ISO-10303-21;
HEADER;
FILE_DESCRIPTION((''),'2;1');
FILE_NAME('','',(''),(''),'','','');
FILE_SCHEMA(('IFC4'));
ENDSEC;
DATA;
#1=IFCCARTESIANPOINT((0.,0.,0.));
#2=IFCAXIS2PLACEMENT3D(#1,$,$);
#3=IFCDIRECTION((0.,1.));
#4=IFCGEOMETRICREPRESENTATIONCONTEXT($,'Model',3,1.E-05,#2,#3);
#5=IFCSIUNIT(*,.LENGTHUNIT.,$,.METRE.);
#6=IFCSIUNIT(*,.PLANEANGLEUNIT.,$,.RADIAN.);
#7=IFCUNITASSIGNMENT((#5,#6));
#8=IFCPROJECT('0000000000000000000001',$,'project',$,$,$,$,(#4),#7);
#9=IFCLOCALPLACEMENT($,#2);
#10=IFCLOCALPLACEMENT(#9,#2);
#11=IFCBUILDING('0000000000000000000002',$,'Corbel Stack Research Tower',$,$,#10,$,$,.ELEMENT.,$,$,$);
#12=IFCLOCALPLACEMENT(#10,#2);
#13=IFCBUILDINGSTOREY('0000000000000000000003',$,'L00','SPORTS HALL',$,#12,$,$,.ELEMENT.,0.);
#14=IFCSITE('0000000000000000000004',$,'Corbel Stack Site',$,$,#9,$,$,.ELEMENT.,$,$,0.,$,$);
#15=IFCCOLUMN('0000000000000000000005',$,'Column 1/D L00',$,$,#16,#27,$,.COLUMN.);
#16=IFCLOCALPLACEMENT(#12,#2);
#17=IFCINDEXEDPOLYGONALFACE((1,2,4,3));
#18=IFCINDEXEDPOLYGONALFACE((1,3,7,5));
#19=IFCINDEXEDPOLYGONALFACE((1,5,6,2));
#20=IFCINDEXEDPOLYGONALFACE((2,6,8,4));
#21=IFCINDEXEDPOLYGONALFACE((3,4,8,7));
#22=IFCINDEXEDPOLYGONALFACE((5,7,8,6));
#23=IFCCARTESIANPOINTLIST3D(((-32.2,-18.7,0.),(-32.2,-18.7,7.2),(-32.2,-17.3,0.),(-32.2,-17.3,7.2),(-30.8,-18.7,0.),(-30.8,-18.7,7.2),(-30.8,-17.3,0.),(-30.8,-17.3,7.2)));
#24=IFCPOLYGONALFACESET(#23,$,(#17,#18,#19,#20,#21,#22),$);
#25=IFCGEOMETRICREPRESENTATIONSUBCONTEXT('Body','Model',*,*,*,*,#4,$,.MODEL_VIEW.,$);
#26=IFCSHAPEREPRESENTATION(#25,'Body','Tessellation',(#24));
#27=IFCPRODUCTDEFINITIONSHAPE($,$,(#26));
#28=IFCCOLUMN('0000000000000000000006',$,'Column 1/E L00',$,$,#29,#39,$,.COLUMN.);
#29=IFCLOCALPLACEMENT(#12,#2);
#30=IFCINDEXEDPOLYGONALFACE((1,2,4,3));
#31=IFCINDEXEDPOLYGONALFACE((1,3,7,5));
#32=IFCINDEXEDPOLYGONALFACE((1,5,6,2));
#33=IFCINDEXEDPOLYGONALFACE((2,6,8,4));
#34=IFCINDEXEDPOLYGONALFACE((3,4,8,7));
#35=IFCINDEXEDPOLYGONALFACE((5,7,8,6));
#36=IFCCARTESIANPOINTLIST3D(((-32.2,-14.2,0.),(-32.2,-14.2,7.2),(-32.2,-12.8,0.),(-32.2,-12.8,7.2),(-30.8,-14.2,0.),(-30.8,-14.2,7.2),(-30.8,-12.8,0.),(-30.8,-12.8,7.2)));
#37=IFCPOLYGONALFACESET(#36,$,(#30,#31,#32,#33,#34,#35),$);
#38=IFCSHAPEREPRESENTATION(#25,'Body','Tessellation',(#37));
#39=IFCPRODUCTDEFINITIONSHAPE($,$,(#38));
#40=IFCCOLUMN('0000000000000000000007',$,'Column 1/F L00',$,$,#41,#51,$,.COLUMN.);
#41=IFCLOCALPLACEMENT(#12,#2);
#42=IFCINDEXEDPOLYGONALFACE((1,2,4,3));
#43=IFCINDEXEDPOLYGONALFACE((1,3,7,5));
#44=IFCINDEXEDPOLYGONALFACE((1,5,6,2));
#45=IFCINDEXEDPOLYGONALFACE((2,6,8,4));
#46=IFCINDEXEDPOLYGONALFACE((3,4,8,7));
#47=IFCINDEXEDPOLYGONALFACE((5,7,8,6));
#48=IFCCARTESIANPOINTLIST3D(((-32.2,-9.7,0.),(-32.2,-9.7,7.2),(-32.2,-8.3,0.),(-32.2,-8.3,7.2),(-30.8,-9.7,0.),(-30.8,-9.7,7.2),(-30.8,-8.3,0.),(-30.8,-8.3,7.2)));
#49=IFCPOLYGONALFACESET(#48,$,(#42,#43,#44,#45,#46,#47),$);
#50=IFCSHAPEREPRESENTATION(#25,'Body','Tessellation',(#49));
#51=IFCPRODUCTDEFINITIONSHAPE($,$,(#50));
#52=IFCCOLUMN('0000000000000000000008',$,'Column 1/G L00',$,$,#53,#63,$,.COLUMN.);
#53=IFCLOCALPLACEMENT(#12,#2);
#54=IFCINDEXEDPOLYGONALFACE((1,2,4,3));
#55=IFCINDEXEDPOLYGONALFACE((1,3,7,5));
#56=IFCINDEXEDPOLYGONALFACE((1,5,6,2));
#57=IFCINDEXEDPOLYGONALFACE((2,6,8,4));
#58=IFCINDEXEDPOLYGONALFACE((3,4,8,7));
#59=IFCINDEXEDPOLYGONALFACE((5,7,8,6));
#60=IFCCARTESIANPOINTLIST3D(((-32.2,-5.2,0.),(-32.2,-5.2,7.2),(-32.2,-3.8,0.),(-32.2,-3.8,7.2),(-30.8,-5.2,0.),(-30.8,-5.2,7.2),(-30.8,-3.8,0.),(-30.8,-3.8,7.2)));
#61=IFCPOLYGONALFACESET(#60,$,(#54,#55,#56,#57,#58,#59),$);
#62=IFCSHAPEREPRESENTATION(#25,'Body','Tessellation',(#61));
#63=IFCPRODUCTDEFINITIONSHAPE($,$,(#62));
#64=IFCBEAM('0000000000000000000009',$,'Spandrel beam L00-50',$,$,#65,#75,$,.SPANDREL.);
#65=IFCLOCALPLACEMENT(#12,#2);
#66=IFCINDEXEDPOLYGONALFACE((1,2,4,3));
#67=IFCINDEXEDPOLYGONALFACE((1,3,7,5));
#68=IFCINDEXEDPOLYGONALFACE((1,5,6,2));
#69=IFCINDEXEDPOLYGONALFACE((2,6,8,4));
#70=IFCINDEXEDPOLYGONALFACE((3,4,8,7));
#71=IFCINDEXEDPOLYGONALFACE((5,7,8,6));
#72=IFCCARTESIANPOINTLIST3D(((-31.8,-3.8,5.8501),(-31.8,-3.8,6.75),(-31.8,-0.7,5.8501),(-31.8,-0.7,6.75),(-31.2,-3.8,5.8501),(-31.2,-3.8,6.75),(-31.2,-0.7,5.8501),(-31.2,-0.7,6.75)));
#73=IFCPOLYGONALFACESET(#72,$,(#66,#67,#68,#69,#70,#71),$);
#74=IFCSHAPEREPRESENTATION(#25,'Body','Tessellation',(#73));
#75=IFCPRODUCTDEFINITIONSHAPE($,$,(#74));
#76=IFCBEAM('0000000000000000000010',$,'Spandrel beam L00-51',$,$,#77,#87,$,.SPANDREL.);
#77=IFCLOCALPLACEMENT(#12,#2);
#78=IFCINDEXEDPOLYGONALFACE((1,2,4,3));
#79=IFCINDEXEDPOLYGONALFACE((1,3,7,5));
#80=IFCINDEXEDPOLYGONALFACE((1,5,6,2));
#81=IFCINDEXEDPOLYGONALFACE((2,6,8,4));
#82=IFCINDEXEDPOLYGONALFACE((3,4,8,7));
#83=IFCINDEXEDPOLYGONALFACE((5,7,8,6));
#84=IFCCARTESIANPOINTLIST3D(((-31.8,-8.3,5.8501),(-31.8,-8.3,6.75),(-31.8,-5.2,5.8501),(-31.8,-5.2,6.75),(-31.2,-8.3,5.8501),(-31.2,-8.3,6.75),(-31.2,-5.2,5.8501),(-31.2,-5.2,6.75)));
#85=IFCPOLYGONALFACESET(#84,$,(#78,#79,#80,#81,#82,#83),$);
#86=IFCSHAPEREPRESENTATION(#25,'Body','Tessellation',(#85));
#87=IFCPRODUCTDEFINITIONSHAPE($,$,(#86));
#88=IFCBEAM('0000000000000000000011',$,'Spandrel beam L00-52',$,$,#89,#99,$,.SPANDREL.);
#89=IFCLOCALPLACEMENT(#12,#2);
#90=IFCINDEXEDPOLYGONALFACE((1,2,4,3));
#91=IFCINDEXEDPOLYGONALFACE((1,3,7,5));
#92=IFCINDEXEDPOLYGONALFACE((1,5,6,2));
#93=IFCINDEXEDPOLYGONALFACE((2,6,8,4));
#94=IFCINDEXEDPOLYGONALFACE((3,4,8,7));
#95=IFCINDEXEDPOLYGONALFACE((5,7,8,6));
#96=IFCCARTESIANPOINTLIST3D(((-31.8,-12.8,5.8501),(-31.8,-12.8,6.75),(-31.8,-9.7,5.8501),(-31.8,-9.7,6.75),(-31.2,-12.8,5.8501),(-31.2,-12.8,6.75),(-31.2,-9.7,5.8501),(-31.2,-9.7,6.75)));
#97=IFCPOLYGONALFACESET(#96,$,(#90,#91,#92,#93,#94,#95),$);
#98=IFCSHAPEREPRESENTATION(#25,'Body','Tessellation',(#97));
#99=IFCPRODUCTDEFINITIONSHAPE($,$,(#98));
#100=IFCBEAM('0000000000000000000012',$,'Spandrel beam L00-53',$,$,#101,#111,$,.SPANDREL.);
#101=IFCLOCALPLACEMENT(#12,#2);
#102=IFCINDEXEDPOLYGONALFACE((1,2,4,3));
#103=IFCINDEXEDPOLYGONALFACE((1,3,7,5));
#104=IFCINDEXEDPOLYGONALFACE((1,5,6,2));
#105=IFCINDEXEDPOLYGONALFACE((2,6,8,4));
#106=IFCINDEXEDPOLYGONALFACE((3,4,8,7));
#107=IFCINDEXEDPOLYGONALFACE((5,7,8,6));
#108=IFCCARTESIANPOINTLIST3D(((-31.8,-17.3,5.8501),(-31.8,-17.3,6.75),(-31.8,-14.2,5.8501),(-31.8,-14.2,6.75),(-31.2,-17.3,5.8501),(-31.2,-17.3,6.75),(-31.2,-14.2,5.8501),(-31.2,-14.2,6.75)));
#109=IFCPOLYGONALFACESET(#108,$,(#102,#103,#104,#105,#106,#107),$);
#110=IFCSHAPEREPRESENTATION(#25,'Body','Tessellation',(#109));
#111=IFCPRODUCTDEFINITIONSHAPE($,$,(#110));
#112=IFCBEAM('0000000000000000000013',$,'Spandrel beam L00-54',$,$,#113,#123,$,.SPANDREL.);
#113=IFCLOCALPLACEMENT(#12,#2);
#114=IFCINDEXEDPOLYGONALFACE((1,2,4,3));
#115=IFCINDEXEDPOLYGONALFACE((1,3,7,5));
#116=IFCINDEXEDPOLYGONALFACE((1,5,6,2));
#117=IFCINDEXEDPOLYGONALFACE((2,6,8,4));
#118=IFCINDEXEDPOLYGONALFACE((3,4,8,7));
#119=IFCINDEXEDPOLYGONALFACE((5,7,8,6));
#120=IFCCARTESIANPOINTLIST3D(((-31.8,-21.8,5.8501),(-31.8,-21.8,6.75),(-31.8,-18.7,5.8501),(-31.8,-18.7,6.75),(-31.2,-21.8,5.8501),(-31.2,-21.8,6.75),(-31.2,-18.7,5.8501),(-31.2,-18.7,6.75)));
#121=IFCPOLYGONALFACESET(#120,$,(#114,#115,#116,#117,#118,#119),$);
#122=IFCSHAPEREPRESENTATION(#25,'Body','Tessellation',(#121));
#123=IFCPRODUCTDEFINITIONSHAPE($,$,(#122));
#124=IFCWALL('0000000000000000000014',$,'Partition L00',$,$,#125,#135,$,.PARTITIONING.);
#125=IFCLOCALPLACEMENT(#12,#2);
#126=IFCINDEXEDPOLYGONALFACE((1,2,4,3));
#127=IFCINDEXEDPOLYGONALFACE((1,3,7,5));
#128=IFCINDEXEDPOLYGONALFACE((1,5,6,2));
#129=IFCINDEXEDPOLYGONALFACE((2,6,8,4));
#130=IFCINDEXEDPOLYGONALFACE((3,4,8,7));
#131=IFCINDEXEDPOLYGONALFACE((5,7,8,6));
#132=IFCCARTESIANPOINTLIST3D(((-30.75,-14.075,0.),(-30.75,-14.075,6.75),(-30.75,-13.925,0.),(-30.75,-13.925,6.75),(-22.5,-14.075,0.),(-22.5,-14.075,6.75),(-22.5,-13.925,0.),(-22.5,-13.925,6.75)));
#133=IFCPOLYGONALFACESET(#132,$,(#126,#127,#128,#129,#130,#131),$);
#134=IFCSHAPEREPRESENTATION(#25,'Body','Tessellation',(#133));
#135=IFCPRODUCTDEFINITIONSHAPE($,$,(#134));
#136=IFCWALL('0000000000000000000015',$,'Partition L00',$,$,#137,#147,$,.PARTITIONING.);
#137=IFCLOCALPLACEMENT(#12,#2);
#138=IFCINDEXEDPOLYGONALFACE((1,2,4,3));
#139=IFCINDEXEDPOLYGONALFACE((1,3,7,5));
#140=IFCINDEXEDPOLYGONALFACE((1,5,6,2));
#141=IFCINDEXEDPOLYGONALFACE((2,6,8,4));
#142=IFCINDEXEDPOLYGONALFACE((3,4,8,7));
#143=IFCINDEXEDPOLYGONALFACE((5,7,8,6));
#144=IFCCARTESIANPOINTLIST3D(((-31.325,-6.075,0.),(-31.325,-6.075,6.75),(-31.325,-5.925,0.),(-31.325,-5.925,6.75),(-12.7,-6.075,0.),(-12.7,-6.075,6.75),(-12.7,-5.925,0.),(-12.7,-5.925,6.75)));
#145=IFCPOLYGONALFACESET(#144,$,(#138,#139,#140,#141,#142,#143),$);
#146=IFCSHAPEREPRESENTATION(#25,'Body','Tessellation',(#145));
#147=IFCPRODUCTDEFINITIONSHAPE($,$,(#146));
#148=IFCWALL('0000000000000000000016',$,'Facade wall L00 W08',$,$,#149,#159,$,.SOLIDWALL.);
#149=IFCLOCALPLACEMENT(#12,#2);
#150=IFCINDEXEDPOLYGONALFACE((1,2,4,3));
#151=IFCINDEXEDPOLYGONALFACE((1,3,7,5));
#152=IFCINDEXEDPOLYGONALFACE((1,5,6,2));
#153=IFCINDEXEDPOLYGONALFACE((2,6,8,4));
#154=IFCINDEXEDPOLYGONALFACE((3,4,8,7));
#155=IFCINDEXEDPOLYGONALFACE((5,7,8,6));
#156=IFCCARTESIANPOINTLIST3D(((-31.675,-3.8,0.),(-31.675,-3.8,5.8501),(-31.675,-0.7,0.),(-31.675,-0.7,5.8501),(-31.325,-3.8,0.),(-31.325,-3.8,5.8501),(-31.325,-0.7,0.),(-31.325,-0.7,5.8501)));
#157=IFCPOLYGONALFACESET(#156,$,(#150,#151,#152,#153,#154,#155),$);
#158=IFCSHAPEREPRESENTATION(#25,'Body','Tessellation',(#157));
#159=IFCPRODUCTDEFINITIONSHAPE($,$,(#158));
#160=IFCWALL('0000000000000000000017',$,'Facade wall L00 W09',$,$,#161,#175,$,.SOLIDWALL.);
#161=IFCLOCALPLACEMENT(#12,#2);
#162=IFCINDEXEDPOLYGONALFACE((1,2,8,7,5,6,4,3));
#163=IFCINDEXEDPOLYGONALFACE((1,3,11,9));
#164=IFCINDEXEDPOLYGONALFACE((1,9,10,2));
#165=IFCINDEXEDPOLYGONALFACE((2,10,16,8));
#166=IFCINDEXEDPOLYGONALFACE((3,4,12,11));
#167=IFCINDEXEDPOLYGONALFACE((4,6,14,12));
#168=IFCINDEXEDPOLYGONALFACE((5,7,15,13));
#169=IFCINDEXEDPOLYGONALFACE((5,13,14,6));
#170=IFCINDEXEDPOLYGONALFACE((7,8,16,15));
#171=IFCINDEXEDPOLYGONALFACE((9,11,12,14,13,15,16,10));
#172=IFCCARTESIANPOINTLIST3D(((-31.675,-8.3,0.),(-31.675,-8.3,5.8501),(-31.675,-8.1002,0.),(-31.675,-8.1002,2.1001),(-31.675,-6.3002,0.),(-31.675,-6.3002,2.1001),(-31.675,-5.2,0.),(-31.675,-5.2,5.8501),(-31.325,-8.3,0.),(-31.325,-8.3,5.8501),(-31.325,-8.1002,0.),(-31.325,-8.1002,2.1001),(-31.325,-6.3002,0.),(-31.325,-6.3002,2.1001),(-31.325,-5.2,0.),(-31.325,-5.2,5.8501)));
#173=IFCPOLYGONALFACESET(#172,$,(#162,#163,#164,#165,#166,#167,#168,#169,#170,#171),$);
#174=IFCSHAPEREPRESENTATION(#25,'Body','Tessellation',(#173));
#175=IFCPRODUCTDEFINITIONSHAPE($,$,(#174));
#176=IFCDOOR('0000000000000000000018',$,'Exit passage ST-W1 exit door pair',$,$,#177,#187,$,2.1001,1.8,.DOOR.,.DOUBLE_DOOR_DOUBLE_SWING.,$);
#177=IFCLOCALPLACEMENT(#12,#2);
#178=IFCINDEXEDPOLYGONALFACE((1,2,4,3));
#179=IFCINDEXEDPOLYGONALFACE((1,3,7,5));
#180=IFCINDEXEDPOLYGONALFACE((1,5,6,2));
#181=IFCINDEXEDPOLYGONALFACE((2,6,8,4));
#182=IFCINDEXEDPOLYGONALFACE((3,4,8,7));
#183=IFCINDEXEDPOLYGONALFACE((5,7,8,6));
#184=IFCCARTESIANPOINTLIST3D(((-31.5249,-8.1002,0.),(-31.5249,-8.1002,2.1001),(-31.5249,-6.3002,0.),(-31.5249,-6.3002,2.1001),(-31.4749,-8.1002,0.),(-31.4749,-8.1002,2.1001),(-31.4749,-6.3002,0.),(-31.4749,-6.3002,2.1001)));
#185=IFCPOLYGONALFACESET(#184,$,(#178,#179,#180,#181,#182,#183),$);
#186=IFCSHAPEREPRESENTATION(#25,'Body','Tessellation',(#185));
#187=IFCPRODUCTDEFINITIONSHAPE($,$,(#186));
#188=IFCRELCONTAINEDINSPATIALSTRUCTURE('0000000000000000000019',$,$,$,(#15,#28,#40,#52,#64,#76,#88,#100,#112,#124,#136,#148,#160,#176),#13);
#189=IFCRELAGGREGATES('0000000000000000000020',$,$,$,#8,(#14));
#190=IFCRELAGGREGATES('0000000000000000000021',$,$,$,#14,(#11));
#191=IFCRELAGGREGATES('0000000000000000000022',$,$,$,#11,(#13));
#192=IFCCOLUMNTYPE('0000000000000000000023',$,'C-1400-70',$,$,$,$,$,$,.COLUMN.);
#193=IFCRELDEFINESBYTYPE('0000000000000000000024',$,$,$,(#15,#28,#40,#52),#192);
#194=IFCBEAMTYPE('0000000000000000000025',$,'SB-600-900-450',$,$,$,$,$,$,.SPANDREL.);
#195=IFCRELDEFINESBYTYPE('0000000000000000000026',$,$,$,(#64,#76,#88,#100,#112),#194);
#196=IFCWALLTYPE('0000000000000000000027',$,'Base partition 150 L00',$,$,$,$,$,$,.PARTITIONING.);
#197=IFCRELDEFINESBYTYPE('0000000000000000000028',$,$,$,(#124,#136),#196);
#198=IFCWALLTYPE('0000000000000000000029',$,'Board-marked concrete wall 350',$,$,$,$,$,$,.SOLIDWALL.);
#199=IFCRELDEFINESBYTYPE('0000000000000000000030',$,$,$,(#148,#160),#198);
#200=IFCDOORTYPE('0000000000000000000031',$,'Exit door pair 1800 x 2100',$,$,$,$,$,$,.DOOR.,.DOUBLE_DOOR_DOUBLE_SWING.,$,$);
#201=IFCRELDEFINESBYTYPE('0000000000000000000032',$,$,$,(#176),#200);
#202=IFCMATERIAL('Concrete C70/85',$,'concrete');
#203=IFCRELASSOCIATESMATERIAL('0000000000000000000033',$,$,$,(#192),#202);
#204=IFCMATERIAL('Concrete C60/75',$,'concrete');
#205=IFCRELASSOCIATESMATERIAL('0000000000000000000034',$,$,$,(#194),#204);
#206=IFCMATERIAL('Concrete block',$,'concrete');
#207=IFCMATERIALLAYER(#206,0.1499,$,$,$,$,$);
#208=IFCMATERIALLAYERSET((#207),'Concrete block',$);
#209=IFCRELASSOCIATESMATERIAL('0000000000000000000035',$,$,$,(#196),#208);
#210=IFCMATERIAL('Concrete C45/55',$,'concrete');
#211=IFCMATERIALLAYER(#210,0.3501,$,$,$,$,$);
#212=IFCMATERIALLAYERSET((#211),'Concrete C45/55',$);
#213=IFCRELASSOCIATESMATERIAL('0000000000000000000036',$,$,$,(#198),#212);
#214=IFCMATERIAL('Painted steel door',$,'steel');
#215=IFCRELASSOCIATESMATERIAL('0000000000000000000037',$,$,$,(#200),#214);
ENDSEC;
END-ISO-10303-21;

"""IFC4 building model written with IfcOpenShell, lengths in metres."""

from ifc_helpers import new_model, si_unit, direction, frame, frame_2d, origin, origin_2d, place, context, subcontext, project, spatial, rectangle, extrude, material, layer, layer_set, material_profile, profile_set, type_object, element, fill, save


model = new_model("IFC4")

# Units and contexts
model_context = context("Model", 3, precision=1e-05, world=origin(), true_north=direction((0.0, 1.0)))
body_context = subcontext(model_context, "Body", "Model", "MODEL_VIEW")
ifc_project = project(units=[si_unit("LENGTHUNIT", "METRE"), si_unit("PLANEANGLEUNIT", "RADIAN")], contexts=[model_context])

# Site, building, storey
site_placement = place(None, origin())
site = spatial("IfcSite", under=ifc_project, at=site_placement, Name="Corbel Stack Site", CompositionType="ELEMENT", RefElevation=0.0)
building_placement = place(site_placement, origin())
building = spatial("IfcBuilding", under=site, at=building_placement, Name="Corbel Stack Research Tower", CompositionType="ELEMENT")
storey_placement = place(building_placement, origin())
storey = spatial("IfcBuildingStorey", under=building, at=storey_placement, Name="L00", Description="SPORTS HALL", CompositionType="ELEMENT", Elevation=0.0)

# Columns
ifc_material_1 = material(Name="Concrete C70/85", Category="concrete")
ifc_material_profile_1 = material_profile(ifc_material_1, rectangle(XDim=1.3999, YDim=1.3999, at=origin_2d()), Name="RC 1400 x 1400")
ifc_profile_set_1 = profile_set([ifc_material_profile_1], Name="Concrete C70/85")
column_type = type_object("IfcColumnType", Name="C-1400-70", PredefinedType="COLUMN", material=ifc_profile_set_1)
for number, where, z_axis, x_axis, name in (
    (1, (-31.5, -18.0, 0.0), (0.0, 0.0, 1.0), (1.0, 0.0, 0.0), "Column 1/D L00"),
    (2, (-31.5, -13.5, 0.0), (0.0, 0.0, 1.0), (1.0, 0.0, 0.0), "Column 1/E L00"),
    (3, (-31.5, -9.0, 0.0), (0.0, 0.0, 1.0), (1.0, 0.0, 0.0), "Column 1/F L00"),
    (4, (-31.5, -4.5, 0.0), (0.0, 0.0, 1.0), (1.0, 0.0, 0.0), "Column 1/G L00"),
):
    element("IfcColumn", number, at=place(storey_placement, frame(where, z_axis=z_axis, x_axis=x_axis)), inside=storey, type_object=column_type, Name=name, PredefinedType="COLUMN", context=body_context, shape_type="SweptSolid", body=[
        extrude(rectangle(XDim=1.3999, YDim=1.3999, at=origin_2d()), origin(), (0.0, 0.0, 1.0), 7.2),
    ])

# Beams
ifc_material_2 = material(Name="Concrete C60/75", Category="concrete")
ifc_material_profile_2 = material_profile(ifc_material_2, rectangle(XDim=0.6001, YDim=0.8999, at=origin_2d()), Name="RC 600 x 900")
ifc_profile_set_2 = profile_set([ifc_material_profile_2], Name="Concrete C60/75")
beam_type = type_object("IfcBeamType", Name="SB-600-900-450", PredefinedType="SPANDREL", material=ifc_profile_set_2)
for number, where, z_axis, x_axis, name in (
    (5, (-31.5, -0.7, 6.3), (0.0, -1.0, 0.0), (1.0, 0.0, 0.0), "Spandrel beam L00-50"),
    (6, (-31.5, -5.2, 6.3), (0.0, -1.0, 0.0), (1.0, 0.0, 0.0), "Spandrel beam L00-51"),
    (7, (-31.5, -9.7, 6.3), (0.0, -1.0, 0.0), (1.0, 0.0, 0.0), "Spandrel beam L00-52"),
    (8, (-31.5, -14.2, 6.3), (0.0, -1.0, 0.0), (1.0, 0.0, 0.0), "Spandrel beam L00-53"),
    (9, (-31.5, -18.7, 6.3), (0.0, -1.0, 0.0), (1.0, 0.0, 0.0), "Spandrel beam L00-54"),
):
    element("IfcBeam", number, at=place(storey_placement, frame(where, z_axis=z_axis, x_axis=x_axis)), inside=storey, type_object=beam_type, Name=name, PredefinedType="SPANDREL", context=body_context, shape_type="SweptSolid", body=[
        extrude(rectangle(XDim=0.6001, YDim=0.8999, at=origin_2d()), origin(), (0.0, 0.0, 1.0), 3.1001),
    ])

# Walls
ifc_material_3 = material(Name="Concrete block", Category="concrete")
ifc_layer_1 = layer(ifc_material_3, 0.1499)
ifc_layer_set_1 = layer_set([ifc_layer_1], Name="Concrete block")
wall_type_1 = type_object("IfcWallType", Name="Base partition 150 L00", PredefinedType="PARTITIONING", material=ifc_layer_set_1)
wall_1_placement = place(storey_placement, frame((-30.75, -14.0, 0.0), z_axis=(0.0, 0.0, 1.0), x_axis=(1.0, 0.0, 0.0)))
element("IfcWall", 10, at=wall_1_placement, inside=storey, type_object=wall_type_1, Name="Partition L00", PredefinedType="PARTITIONING", context=body_context, shape_type="SweptSolid", body=[
    extrude(rectangle(XDim=8.25, YDim=0.1499, at=frame_2d((4.125, 0.0))), origin(), (0.0, 0.0, 1.0), 6.75),
])
wall_2_placement = place(storey_placement, frame((-31.325, -6.0, 0.0), z_axis=(0.0, 0.0, 1.0), x_axis=(1.0, 0.0, 0.0)))
element("IfcWall", 11, at=wall_2_placement, inside=storey, type_object=wall_type_1, Name="Partition L00", PredefinedType="PARTITIONING", context=body_context, shape_type="SweptSolid", body=[
    extrude(rectangle(XDim=18.625, YDim=0.1499, at=frame_2d((9.3125, 0.0))), origin(), (0.0, 0.0, 1.0), 6.75),
])
ifc_material_4 = material(Name="Concrete C45/55", Category="concrete")
ifc_layer_2 = layer(ifc_material_4, 0.3501)
ifc_layer_set_2 = layer_set([ifc_layer_2], Name="Concrete C45/55")
wall_type_2 = type_object("IfcWallType", Name="Board-marked concrete wall 350", PredefinedType="SOLIDWALL", material=ifc_layer_set_2)
wall_3_placement = place(storey_placement, frame((-31.5, -3.8, 0.0), z_axis=(0.0, 0.0, 1.0), x_axis=(0.0, 1.0, 0.0)))
element("IfcWall", 12, at=wall_3_placement, inside=storey, type_object=wall_type_2, Name="Facade wall L00 W08", PredefinedType="SOLIDWALL", context=body_context, shape_type="SweptSolid", body=[
    extrude(rectangle(XDim=3.1001, YDim=0.3501, at=frame_2d((1.55, 0.0))), origin(), (0.0, 0.0, 1.0), 5.8501),
])

# Wall, opening, door
wall_4_placement = place(storey_placement, frame((-31.5, -8.3, 0.0), z_axis=(0.0, 0.0, 1.0), x_axis=(0.0, 1.0, 0.0)))
wall_4 = element("IfcWall", 13, at=wall_4_placement, inside=storey, type_object=wall_type_2, Name="Facade wall L00 W09", PredefinedType="SOLIDWALL", context=body_context, shape_type="SweptSolid", body=[
    extrude(rectangle(XDim=3.1001, YDim=0.3501, at=frame_2d((1.55, 0.0))), origin(), (0.0, 0.0, 1.0), 5.8501),
])
opening_1_placement = place(wall_4_placement, frame((0.2, 0.0, 0.0)))
opening_1 = element("IfcOpeningElement", 14, at=opening_1_placement, cuts=wall_4, PredefinedType="OPENING", context=body_context, shape_type="SweptSolid", body=[
    extrude(rectangle(XDim=1.8, YDim=2.1001, at=frame_2d((0.8999, 1.05))), frame((0.0, 0.1851, 0.0), z_axis=(0.0, -1.0, 0.0), x_axis=(1.0, 0.0, 0.0)), (0.0, 0.0, 1.0), 0.3701),
])
ifc_material_5 = material(Name="Painted steel door", Category="steel")
door_type_1 = type_object("IfcDoorType", Name="Exit door pair 1800 x 2100", OperationType="DOUBLE_DOOR_DOUBLE_SWING", PredefinedType="DOOR", material=ifc_material_5)
door_1_placement = place(opening_1_placement, origin())
door_1 = element("IfcDoor", 15, at=door_1_placement, inside=storey, type_object=door_type_1, Name="Exit passage ST-W1 exit door pair", OperationType="DOUBLE_DOOR_DOUBLE_SWING", OverallHeight=2.1001, OverallWidth=1.8, PredefinedType="DOOR", context=body_context, shape_type="SweptSolid", body=[
    extrude(rectangle(XDim=1.8, YDim=2.1001, at=frame_2d((0.8999, 1.05))), frame((0.0, 0.0249, 0.0), z_axis=(0.0, -1.0, 0.0), x_axis=(1.0, 0.0, 0.0)), (0.0, 0.0, 1.0), 0.05),
])
fill(opening_1, door_1)

save(model, "model.ifc")
